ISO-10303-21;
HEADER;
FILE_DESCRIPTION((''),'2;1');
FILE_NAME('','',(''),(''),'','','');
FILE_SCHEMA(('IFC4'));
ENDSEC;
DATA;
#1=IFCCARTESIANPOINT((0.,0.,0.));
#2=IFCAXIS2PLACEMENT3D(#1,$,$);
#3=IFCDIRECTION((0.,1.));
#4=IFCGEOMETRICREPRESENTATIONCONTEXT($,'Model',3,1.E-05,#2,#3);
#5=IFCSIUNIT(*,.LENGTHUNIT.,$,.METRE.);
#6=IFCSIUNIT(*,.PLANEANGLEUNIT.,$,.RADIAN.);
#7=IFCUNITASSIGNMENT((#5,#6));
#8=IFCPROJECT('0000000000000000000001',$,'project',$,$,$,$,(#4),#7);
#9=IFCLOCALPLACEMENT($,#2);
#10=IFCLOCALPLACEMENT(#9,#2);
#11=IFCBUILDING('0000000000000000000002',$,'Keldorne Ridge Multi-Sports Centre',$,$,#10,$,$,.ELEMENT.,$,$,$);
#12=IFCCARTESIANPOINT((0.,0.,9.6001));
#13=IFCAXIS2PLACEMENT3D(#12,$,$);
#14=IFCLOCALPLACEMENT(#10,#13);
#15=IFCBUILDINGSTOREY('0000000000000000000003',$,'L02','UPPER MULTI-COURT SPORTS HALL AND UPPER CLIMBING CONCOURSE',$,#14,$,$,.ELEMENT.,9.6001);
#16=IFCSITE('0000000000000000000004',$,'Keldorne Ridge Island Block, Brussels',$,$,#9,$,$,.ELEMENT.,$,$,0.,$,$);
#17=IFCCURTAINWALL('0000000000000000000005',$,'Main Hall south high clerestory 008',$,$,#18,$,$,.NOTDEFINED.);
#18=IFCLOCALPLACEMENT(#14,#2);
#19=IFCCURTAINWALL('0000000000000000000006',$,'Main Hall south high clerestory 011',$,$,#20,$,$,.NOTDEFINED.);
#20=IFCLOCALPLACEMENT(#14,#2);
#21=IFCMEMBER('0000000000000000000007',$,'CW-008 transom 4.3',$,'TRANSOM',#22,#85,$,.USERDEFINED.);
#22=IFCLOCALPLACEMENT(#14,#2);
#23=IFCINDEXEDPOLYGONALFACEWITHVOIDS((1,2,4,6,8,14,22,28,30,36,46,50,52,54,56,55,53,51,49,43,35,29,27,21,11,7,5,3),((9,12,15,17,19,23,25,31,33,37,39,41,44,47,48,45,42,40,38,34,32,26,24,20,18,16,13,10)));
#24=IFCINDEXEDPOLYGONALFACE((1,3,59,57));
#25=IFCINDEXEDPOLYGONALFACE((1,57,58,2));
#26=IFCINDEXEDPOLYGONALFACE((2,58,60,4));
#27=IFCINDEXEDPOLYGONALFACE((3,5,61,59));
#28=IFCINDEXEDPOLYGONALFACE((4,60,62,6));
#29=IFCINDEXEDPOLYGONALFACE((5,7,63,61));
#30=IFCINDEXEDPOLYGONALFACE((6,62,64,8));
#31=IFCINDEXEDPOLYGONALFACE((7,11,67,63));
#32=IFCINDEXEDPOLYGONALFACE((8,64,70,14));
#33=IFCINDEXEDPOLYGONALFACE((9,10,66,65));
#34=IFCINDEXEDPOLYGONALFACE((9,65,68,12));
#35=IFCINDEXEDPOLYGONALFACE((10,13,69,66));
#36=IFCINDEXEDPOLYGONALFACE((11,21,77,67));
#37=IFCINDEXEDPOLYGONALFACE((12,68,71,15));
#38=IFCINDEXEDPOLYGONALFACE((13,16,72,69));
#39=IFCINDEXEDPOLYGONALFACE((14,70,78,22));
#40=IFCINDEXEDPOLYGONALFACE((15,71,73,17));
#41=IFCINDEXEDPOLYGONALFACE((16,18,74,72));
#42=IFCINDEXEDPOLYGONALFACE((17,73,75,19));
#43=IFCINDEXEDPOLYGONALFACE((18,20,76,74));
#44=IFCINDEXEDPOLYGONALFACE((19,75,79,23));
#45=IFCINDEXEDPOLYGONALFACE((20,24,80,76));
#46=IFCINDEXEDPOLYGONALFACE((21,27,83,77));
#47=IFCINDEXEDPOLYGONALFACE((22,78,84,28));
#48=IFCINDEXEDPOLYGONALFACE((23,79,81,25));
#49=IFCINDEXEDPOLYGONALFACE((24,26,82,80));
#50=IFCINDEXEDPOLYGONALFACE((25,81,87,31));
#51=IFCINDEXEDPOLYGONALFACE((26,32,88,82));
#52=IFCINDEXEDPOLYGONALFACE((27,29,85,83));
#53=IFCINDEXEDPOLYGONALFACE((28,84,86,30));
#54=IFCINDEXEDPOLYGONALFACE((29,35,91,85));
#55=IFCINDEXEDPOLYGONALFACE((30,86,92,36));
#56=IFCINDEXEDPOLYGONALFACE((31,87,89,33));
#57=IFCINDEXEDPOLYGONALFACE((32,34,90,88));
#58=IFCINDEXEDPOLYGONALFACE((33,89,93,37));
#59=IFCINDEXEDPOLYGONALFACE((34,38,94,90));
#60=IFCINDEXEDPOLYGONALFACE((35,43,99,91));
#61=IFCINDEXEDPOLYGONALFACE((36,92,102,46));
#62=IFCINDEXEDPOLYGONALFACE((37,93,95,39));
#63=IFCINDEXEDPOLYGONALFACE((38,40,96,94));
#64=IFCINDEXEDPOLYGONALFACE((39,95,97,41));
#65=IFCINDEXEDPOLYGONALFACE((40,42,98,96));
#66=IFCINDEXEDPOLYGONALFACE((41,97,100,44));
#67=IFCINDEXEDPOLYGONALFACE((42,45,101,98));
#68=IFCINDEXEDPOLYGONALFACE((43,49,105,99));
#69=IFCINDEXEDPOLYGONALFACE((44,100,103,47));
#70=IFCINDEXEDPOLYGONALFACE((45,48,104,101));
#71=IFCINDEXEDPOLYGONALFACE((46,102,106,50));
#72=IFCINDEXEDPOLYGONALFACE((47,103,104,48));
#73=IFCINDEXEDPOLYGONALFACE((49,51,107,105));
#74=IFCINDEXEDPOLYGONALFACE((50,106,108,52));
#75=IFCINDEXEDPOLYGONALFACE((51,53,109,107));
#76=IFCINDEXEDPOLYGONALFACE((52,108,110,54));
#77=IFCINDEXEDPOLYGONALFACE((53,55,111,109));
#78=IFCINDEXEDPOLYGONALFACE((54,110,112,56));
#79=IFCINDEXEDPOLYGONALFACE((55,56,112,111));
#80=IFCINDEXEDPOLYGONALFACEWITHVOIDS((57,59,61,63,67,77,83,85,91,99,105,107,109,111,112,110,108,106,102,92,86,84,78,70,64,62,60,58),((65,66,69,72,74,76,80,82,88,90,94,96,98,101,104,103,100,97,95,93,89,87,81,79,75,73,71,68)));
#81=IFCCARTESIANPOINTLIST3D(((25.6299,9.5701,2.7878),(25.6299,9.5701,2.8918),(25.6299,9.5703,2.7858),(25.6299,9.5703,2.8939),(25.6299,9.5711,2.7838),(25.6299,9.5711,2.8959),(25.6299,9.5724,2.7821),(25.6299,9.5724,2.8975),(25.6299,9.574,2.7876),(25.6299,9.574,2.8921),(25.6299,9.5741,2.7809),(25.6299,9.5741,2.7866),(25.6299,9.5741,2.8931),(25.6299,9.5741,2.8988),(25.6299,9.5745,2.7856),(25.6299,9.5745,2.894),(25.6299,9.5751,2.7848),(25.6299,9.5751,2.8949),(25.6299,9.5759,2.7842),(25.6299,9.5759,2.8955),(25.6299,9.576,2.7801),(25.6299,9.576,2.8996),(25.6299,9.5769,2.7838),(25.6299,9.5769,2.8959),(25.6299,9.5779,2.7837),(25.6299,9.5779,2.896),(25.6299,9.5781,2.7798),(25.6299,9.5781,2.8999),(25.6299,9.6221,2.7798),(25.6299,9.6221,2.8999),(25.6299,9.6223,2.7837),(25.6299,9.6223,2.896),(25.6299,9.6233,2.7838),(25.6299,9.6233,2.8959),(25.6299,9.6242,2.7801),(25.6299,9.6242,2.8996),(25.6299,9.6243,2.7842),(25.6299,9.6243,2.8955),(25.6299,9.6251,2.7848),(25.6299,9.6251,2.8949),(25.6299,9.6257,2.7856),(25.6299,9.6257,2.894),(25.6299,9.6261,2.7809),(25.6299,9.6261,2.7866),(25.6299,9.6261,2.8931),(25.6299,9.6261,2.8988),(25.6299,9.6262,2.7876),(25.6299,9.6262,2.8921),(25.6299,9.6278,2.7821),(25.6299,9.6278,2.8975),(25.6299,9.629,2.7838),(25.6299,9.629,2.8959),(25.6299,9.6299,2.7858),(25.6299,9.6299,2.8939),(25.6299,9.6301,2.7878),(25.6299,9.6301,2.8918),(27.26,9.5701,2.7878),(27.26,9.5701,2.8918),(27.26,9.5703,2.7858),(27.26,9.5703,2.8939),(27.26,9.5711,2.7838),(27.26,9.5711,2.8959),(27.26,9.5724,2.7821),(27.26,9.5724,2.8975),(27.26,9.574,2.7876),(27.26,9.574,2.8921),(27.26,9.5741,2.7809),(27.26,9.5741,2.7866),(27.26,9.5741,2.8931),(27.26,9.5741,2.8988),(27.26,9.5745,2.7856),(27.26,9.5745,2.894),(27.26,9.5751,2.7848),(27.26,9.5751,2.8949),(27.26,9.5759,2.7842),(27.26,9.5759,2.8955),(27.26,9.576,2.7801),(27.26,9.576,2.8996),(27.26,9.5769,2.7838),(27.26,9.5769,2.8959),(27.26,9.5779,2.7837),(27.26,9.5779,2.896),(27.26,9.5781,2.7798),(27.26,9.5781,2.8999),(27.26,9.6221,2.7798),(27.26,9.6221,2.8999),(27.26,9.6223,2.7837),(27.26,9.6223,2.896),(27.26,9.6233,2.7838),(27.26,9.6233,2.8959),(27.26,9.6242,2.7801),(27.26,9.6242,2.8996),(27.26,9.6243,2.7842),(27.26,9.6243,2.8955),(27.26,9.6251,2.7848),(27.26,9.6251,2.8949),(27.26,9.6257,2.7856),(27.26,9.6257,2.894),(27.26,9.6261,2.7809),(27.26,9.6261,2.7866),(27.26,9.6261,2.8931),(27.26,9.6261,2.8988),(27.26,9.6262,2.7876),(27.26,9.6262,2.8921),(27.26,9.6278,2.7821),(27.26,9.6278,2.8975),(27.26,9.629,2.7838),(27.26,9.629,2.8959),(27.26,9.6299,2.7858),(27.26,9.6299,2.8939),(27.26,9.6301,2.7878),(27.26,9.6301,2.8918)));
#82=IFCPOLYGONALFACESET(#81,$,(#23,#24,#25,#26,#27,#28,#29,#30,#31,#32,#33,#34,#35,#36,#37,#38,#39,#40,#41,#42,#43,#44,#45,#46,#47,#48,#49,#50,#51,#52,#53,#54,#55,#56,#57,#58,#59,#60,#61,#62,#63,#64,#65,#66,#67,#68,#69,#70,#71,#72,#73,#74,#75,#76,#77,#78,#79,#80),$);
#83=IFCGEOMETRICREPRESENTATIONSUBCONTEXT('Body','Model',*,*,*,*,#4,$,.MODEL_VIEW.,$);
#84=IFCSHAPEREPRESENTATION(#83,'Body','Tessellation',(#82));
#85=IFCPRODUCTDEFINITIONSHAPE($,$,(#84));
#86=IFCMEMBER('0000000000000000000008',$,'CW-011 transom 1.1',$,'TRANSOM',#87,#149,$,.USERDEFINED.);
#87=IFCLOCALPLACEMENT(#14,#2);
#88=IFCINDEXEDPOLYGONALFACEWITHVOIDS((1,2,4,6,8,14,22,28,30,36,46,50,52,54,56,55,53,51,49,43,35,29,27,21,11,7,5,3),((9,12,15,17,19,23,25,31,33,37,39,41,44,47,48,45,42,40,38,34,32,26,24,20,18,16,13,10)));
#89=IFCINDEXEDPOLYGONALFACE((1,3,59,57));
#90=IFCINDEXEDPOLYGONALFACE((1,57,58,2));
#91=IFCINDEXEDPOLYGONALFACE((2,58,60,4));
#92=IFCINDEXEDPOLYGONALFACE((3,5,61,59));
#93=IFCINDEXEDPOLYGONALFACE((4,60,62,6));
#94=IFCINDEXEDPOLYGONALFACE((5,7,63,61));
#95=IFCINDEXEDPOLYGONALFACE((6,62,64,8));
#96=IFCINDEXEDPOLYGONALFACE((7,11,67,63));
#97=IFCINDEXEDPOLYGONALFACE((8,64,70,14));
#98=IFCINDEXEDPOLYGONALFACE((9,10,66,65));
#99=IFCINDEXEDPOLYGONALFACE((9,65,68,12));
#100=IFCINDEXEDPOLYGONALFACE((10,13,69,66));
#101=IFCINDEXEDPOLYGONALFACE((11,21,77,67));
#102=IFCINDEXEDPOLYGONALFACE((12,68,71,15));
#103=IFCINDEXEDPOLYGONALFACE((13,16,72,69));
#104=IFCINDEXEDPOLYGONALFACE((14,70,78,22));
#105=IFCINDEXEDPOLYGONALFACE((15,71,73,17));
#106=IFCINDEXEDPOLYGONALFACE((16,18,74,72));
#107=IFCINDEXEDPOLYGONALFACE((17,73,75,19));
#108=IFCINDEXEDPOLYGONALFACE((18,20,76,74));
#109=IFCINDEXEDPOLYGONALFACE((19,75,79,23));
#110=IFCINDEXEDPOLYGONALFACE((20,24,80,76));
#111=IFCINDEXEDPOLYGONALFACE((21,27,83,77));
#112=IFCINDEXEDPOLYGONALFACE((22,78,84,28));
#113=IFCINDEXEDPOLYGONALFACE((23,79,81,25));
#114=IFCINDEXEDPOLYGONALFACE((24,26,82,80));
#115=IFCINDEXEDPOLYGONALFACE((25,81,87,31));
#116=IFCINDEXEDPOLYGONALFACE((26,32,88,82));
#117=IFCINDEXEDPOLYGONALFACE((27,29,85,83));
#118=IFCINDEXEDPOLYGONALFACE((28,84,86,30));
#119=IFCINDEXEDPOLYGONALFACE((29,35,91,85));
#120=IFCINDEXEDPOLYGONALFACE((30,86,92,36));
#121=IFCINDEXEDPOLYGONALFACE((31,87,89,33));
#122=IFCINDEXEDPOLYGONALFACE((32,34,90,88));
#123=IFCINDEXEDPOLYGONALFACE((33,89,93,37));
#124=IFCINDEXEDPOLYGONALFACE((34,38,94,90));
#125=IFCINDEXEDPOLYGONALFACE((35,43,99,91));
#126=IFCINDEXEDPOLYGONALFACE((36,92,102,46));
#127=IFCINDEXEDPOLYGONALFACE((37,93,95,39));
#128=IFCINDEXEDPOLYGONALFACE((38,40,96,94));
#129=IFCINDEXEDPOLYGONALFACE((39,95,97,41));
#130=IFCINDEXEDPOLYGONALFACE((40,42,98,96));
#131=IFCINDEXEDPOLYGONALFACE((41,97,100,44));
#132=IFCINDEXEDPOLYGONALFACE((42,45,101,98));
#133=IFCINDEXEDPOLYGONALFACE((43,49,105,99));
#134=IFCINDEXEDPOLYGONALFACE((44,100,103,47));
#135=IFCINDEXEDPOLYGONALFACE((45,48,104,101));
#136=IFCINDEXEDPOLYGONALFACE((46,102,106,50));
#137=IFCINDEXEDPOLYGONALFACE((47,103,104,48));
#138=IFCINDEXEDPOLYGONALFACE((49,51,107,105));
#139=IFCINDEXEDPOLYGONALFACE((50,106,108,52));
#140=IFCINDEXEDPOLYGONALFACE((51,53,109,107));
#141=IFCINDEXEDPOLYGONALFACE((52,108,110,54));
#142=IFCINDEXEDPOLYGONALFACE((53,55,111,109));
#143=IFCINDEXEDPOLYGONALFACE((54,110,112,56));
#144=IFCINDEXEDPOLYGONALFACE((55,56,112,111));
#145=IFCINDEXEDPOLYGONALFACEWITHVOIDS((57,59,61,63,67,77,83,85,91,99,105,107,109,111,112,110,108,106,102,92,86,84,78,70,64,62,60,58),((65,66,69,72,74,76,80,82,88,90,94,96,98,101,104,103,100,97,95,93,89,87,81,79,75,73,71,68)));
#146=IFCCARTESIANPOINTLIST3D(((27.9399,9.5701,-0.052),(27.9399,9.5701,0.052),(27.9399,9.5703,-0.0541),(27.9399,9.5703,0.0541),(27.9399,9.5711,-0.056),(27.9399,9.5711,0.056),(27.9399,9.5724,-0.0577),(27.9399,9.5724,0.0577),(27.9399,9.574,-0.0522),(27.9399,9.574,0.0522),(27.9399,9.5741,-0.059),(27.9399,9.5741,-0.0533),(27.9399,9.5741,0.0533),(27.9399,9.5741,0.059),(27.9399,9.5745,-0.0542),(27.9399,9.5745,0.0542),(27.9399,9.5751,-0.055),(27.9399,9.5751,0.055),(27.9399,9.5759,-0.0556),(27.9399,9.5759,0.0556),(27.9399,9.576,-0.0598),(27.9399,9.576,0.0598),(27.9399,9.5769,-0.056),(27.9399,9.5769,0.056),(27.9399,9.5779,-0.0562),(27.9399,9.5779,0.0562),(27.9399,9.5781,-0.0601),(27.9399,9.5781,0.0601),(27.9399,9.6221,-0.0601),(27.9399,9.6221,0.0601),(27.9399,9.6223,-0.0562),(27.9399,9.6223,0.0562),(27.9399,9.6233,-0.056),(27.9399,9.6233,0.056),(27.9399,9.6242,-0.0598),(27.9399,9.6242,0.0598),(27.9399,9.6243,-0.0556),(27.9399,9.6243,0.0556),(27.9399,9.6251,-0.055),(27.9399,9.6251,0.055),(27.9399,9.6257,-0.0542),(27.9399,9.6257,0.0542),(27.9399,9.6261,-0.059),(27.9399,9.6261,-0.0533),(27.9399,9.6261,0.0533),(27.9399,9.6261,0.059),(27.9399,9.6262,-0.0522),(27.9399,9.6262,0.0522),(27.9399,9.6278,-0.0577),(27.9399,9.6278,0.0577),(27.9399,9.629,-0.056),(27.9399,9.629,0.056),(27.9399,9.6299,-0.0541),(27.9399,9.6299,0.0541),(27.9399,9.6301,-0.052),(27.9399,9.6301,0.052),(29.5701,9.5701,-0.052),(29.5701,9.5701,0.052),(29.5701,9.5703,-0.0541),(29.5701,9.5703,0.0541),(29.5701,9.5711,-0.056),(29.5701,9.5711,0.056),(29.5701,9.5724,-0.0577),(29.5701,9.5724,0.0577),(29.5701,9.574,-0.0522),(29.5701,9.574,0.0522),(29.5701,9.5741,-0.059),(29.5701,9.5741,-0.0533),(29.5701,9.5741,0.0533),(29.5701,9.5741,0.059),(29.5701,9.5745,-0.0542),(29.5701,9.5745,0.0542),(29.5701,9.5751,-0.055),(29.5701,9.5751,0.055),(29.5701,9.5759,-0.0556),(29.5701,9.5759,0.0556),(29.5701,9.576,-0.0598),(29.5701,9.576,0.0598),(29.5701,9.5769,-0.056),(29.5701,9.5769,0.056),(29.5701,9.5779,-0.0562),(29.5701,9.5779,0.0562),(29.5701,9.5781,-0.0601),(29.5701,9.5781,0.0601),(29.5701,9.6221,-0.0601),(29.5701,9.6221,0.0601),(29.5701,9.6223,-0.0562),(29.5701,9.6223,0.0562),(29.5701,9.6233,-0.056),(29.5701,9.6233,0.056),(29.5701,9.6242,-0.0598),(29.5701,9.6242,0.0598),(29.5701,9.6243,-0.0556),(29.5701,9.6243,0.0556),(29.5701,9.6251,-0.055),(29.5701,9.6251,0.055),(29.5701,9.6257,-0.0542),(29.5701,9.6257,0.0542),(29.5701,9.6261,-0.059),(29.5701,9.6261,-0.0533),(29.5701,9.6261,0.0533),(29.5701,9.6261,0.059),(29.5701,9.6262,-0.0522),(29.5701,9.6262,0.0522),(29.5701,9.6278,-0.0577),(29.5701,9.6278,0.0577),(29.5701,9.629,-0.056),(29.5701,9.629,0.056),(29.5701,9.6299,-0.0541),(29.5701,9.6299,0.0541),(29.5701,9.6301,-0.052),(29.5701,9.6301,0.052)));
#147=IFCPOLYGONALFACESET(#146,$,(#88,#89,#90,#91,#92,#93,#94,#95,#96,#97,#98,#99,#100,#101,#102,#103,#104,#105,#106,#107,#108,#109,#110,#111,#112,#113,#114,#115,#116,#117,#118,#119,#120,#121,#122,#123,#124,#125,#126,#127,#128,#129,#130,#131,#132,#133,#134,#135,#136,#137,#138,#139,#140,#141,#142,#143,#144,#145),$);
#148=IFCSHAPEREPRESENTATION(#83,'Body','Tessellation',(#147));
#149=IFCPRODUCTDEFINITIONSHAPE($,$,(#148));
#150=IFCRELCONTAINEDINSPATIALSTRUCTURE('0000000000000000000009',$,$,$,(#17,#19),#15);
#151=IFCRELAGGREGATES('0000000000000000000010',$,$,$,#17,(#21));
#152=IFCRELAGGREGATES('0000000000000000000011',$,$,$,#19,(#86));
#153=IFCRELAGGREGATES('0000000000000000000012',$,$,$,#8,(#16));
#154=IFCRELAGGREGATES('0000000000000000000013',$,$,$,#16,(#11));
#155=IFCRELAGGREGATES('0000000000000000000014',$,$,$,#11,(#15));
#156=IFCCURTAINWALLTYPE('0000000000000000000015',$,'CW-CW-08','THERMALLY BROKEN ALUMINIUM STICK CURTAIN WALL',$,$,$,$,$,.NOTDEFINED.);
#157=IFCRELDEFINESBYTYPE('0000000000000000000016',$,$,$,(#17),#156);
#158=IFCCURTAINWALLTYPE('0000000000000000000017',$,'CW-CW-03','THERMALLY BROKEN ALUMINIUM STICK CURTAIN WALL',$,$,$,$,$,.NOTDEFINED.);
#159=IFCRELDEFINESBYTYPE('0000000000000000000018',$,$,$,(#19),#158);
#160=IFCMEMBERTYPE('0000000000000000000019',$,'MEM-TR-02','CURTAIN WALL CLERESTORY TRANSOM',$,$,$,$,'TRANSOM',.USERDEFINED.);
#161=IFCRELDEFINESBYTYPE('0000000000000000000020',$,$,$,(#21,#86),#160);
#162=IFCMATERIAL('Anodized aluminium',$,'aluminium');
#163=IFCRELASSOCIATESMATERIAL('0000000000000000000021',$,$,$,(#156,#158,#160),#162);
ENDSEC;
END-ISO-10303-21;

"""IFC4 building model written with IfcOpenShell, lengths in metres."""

from ifc_helpers import new_model, si_unit, direction, frame, origin, origin_2d, place, context, subcontext, project, spatial, hollow_rectangle, extrude, material, material_profile, profile_set, type_object, element, aggregate, save


model = new_model("IFC4")

# Units and contexts
model_context = context("Model", 3, precision=1e-05, world=origin(), true_north=direction((0.0, 1.0)))
body_context = subcontext(model_context, "Body", "Model", "MODEL_VIEW")
ifc_project = project(units=[si_unit("LENGTHUNIT", "METRE"), si_unit("PLANEANGLEUNIT", "RADIAN")], contexts=[model_context])

# Site, building, storey
site_placement = place(None, origin())
site = spatial("IfcSite", under=ifc_project, at=site_placement, Name="Keldorne Ridge Island Block, Brussels", CompositionType="ELEMENT", RefElevation=0.0)
building_placement = place(site_placement, origin())
building = spatial("IfcBuilding", under=site, at=building_placement, Name="Keldorne Ridge Multi-Sports Centre", CompositionType="ELEMENT")
storey_placement = place(building_placement, frame((0.0, 0.0, 9.6001)))
storey = spatial("IfcBuildingStorey", under=building, at=storey_placement, Name="L02", Description="UPPER MULTI-COURT SPORTS HALL AND UPPER CLIMBING CONCOURSE", CompositionType="ELEMENT", Elevation=9.6001)

# Curtain walls
ifc_material_1 = material(Name="Anodized aluminium", Category="aluminium")
curtain_wall_type_1 = type_object("IfcCurtainWallType", Name="CW-CW-08", Description="THERMALLY BROKEN ALUMINIUM STICK CURTAIN WALL", PredefinedType="NOTDEFINED", material=ifc_material_1)
curtain_wall_1_placement = place(storey_placement, origin())
curtain_wall_1 = element("IfcCurtainWall", 1, at=curtain_wall_1_placement, inside=storey, type_object=curtain_wall_type_1, Name="Main Hall south high clerestory 008", PredefinedType="NOTDEFINED")
curtain_wall_type_2 = type_object("IfcCurtainWallType", Name="CW-CW-03", Description="THERMALLY BROKEN ALUMINIUM STICK CURTAIN WALL", PredefinedType="NOTDEFINED", material=ifc_material_1)
curtain_wall_2_placement = place(storey_placement, origin())
curtain_wall_2 = element("IfcCurtainWall", 2, at=curtain_wall_2_placement, inside=storey, type_object=curtain_wall_type_2, Name="Main Hall south high clerestory 011", PredefinedType="NOTDEFINED")

# Members
ifc_material_profile_1 = material_profile(ifc_material_1, hollow_rectangle(XDim=0.0601, YDim=0.1201, WallThickness=0.0039, InnerFilletRadius=0.0039, OuterFilletRadius=0.0081, at=origin_2d()), Name="ALU TRANSOM 120x60x4")
ifc_profile_set_1 = profile_set([ifc_material_profile_1], Name="Anodized aluminium")
member_type_1 = type_object("IfcMemberType", Name="MEM-TR-02", Description="CURTAIN WALL CLERESTORY TRANSOM", ElementType="TRANSOM", PredefinedType="USERDEFINED", material=ifc_profile_set_1)
member_1_placement = place(storey_placement, frame((25.6299, 9.6001, 2.8398), z_axis=(1.0, 0.0, 0.0), x_axis=(0.0, 1.0, 0.0)))
member_1 = element("IfcMember", 3, at=member_1_placement, type_object=member_type_1, Name="CW-008 transom 4.3", ObjectType="TRANSOM", PredefinedType="USERDEFINED", context=body_context, shape_type="SweptSolid", body=[
    extrude(hollow_rectangle(XDim=0.0601, YDim=0.1201, WallThickness=0.0039, InnerFilletRadius=0.0039, OuterFilletRadius=0.0081, at=origin_2d()), origin(), (0.0, 0.0, 1.0), 1.6301),
])
member_2_placement = place(storey_placement, frame((27.9399, 9.6001, 0.0), z_axis=(1.0, 0.0, 0.0), x_axis=(0.0, 1.0, 0.0)))
member_2 = element("IfcMember", 4, at=member_2_placement, type_object=member_type_1, Name="CW-011 transom 1.1", ObjectType="TRANSOM", PredefinedType="USERDEFINED", context=body_context, shape_type="SweptSolid", body=[
    extrude(hollow_rectangle(XDim=0.0601, YDim=0.1201, WallThickness=0.0039, InnerFilletRadius=0.0039, OuterFilletRadius=0.0081, at=origin_2d()), origin(), (0.0, 0.0, 1.0), 1.6301),
])

aggregate(curtain_wall_1, [member_1])
aggregate(curtain_wall_2, [member_2])

save(model, "model.ifc")
